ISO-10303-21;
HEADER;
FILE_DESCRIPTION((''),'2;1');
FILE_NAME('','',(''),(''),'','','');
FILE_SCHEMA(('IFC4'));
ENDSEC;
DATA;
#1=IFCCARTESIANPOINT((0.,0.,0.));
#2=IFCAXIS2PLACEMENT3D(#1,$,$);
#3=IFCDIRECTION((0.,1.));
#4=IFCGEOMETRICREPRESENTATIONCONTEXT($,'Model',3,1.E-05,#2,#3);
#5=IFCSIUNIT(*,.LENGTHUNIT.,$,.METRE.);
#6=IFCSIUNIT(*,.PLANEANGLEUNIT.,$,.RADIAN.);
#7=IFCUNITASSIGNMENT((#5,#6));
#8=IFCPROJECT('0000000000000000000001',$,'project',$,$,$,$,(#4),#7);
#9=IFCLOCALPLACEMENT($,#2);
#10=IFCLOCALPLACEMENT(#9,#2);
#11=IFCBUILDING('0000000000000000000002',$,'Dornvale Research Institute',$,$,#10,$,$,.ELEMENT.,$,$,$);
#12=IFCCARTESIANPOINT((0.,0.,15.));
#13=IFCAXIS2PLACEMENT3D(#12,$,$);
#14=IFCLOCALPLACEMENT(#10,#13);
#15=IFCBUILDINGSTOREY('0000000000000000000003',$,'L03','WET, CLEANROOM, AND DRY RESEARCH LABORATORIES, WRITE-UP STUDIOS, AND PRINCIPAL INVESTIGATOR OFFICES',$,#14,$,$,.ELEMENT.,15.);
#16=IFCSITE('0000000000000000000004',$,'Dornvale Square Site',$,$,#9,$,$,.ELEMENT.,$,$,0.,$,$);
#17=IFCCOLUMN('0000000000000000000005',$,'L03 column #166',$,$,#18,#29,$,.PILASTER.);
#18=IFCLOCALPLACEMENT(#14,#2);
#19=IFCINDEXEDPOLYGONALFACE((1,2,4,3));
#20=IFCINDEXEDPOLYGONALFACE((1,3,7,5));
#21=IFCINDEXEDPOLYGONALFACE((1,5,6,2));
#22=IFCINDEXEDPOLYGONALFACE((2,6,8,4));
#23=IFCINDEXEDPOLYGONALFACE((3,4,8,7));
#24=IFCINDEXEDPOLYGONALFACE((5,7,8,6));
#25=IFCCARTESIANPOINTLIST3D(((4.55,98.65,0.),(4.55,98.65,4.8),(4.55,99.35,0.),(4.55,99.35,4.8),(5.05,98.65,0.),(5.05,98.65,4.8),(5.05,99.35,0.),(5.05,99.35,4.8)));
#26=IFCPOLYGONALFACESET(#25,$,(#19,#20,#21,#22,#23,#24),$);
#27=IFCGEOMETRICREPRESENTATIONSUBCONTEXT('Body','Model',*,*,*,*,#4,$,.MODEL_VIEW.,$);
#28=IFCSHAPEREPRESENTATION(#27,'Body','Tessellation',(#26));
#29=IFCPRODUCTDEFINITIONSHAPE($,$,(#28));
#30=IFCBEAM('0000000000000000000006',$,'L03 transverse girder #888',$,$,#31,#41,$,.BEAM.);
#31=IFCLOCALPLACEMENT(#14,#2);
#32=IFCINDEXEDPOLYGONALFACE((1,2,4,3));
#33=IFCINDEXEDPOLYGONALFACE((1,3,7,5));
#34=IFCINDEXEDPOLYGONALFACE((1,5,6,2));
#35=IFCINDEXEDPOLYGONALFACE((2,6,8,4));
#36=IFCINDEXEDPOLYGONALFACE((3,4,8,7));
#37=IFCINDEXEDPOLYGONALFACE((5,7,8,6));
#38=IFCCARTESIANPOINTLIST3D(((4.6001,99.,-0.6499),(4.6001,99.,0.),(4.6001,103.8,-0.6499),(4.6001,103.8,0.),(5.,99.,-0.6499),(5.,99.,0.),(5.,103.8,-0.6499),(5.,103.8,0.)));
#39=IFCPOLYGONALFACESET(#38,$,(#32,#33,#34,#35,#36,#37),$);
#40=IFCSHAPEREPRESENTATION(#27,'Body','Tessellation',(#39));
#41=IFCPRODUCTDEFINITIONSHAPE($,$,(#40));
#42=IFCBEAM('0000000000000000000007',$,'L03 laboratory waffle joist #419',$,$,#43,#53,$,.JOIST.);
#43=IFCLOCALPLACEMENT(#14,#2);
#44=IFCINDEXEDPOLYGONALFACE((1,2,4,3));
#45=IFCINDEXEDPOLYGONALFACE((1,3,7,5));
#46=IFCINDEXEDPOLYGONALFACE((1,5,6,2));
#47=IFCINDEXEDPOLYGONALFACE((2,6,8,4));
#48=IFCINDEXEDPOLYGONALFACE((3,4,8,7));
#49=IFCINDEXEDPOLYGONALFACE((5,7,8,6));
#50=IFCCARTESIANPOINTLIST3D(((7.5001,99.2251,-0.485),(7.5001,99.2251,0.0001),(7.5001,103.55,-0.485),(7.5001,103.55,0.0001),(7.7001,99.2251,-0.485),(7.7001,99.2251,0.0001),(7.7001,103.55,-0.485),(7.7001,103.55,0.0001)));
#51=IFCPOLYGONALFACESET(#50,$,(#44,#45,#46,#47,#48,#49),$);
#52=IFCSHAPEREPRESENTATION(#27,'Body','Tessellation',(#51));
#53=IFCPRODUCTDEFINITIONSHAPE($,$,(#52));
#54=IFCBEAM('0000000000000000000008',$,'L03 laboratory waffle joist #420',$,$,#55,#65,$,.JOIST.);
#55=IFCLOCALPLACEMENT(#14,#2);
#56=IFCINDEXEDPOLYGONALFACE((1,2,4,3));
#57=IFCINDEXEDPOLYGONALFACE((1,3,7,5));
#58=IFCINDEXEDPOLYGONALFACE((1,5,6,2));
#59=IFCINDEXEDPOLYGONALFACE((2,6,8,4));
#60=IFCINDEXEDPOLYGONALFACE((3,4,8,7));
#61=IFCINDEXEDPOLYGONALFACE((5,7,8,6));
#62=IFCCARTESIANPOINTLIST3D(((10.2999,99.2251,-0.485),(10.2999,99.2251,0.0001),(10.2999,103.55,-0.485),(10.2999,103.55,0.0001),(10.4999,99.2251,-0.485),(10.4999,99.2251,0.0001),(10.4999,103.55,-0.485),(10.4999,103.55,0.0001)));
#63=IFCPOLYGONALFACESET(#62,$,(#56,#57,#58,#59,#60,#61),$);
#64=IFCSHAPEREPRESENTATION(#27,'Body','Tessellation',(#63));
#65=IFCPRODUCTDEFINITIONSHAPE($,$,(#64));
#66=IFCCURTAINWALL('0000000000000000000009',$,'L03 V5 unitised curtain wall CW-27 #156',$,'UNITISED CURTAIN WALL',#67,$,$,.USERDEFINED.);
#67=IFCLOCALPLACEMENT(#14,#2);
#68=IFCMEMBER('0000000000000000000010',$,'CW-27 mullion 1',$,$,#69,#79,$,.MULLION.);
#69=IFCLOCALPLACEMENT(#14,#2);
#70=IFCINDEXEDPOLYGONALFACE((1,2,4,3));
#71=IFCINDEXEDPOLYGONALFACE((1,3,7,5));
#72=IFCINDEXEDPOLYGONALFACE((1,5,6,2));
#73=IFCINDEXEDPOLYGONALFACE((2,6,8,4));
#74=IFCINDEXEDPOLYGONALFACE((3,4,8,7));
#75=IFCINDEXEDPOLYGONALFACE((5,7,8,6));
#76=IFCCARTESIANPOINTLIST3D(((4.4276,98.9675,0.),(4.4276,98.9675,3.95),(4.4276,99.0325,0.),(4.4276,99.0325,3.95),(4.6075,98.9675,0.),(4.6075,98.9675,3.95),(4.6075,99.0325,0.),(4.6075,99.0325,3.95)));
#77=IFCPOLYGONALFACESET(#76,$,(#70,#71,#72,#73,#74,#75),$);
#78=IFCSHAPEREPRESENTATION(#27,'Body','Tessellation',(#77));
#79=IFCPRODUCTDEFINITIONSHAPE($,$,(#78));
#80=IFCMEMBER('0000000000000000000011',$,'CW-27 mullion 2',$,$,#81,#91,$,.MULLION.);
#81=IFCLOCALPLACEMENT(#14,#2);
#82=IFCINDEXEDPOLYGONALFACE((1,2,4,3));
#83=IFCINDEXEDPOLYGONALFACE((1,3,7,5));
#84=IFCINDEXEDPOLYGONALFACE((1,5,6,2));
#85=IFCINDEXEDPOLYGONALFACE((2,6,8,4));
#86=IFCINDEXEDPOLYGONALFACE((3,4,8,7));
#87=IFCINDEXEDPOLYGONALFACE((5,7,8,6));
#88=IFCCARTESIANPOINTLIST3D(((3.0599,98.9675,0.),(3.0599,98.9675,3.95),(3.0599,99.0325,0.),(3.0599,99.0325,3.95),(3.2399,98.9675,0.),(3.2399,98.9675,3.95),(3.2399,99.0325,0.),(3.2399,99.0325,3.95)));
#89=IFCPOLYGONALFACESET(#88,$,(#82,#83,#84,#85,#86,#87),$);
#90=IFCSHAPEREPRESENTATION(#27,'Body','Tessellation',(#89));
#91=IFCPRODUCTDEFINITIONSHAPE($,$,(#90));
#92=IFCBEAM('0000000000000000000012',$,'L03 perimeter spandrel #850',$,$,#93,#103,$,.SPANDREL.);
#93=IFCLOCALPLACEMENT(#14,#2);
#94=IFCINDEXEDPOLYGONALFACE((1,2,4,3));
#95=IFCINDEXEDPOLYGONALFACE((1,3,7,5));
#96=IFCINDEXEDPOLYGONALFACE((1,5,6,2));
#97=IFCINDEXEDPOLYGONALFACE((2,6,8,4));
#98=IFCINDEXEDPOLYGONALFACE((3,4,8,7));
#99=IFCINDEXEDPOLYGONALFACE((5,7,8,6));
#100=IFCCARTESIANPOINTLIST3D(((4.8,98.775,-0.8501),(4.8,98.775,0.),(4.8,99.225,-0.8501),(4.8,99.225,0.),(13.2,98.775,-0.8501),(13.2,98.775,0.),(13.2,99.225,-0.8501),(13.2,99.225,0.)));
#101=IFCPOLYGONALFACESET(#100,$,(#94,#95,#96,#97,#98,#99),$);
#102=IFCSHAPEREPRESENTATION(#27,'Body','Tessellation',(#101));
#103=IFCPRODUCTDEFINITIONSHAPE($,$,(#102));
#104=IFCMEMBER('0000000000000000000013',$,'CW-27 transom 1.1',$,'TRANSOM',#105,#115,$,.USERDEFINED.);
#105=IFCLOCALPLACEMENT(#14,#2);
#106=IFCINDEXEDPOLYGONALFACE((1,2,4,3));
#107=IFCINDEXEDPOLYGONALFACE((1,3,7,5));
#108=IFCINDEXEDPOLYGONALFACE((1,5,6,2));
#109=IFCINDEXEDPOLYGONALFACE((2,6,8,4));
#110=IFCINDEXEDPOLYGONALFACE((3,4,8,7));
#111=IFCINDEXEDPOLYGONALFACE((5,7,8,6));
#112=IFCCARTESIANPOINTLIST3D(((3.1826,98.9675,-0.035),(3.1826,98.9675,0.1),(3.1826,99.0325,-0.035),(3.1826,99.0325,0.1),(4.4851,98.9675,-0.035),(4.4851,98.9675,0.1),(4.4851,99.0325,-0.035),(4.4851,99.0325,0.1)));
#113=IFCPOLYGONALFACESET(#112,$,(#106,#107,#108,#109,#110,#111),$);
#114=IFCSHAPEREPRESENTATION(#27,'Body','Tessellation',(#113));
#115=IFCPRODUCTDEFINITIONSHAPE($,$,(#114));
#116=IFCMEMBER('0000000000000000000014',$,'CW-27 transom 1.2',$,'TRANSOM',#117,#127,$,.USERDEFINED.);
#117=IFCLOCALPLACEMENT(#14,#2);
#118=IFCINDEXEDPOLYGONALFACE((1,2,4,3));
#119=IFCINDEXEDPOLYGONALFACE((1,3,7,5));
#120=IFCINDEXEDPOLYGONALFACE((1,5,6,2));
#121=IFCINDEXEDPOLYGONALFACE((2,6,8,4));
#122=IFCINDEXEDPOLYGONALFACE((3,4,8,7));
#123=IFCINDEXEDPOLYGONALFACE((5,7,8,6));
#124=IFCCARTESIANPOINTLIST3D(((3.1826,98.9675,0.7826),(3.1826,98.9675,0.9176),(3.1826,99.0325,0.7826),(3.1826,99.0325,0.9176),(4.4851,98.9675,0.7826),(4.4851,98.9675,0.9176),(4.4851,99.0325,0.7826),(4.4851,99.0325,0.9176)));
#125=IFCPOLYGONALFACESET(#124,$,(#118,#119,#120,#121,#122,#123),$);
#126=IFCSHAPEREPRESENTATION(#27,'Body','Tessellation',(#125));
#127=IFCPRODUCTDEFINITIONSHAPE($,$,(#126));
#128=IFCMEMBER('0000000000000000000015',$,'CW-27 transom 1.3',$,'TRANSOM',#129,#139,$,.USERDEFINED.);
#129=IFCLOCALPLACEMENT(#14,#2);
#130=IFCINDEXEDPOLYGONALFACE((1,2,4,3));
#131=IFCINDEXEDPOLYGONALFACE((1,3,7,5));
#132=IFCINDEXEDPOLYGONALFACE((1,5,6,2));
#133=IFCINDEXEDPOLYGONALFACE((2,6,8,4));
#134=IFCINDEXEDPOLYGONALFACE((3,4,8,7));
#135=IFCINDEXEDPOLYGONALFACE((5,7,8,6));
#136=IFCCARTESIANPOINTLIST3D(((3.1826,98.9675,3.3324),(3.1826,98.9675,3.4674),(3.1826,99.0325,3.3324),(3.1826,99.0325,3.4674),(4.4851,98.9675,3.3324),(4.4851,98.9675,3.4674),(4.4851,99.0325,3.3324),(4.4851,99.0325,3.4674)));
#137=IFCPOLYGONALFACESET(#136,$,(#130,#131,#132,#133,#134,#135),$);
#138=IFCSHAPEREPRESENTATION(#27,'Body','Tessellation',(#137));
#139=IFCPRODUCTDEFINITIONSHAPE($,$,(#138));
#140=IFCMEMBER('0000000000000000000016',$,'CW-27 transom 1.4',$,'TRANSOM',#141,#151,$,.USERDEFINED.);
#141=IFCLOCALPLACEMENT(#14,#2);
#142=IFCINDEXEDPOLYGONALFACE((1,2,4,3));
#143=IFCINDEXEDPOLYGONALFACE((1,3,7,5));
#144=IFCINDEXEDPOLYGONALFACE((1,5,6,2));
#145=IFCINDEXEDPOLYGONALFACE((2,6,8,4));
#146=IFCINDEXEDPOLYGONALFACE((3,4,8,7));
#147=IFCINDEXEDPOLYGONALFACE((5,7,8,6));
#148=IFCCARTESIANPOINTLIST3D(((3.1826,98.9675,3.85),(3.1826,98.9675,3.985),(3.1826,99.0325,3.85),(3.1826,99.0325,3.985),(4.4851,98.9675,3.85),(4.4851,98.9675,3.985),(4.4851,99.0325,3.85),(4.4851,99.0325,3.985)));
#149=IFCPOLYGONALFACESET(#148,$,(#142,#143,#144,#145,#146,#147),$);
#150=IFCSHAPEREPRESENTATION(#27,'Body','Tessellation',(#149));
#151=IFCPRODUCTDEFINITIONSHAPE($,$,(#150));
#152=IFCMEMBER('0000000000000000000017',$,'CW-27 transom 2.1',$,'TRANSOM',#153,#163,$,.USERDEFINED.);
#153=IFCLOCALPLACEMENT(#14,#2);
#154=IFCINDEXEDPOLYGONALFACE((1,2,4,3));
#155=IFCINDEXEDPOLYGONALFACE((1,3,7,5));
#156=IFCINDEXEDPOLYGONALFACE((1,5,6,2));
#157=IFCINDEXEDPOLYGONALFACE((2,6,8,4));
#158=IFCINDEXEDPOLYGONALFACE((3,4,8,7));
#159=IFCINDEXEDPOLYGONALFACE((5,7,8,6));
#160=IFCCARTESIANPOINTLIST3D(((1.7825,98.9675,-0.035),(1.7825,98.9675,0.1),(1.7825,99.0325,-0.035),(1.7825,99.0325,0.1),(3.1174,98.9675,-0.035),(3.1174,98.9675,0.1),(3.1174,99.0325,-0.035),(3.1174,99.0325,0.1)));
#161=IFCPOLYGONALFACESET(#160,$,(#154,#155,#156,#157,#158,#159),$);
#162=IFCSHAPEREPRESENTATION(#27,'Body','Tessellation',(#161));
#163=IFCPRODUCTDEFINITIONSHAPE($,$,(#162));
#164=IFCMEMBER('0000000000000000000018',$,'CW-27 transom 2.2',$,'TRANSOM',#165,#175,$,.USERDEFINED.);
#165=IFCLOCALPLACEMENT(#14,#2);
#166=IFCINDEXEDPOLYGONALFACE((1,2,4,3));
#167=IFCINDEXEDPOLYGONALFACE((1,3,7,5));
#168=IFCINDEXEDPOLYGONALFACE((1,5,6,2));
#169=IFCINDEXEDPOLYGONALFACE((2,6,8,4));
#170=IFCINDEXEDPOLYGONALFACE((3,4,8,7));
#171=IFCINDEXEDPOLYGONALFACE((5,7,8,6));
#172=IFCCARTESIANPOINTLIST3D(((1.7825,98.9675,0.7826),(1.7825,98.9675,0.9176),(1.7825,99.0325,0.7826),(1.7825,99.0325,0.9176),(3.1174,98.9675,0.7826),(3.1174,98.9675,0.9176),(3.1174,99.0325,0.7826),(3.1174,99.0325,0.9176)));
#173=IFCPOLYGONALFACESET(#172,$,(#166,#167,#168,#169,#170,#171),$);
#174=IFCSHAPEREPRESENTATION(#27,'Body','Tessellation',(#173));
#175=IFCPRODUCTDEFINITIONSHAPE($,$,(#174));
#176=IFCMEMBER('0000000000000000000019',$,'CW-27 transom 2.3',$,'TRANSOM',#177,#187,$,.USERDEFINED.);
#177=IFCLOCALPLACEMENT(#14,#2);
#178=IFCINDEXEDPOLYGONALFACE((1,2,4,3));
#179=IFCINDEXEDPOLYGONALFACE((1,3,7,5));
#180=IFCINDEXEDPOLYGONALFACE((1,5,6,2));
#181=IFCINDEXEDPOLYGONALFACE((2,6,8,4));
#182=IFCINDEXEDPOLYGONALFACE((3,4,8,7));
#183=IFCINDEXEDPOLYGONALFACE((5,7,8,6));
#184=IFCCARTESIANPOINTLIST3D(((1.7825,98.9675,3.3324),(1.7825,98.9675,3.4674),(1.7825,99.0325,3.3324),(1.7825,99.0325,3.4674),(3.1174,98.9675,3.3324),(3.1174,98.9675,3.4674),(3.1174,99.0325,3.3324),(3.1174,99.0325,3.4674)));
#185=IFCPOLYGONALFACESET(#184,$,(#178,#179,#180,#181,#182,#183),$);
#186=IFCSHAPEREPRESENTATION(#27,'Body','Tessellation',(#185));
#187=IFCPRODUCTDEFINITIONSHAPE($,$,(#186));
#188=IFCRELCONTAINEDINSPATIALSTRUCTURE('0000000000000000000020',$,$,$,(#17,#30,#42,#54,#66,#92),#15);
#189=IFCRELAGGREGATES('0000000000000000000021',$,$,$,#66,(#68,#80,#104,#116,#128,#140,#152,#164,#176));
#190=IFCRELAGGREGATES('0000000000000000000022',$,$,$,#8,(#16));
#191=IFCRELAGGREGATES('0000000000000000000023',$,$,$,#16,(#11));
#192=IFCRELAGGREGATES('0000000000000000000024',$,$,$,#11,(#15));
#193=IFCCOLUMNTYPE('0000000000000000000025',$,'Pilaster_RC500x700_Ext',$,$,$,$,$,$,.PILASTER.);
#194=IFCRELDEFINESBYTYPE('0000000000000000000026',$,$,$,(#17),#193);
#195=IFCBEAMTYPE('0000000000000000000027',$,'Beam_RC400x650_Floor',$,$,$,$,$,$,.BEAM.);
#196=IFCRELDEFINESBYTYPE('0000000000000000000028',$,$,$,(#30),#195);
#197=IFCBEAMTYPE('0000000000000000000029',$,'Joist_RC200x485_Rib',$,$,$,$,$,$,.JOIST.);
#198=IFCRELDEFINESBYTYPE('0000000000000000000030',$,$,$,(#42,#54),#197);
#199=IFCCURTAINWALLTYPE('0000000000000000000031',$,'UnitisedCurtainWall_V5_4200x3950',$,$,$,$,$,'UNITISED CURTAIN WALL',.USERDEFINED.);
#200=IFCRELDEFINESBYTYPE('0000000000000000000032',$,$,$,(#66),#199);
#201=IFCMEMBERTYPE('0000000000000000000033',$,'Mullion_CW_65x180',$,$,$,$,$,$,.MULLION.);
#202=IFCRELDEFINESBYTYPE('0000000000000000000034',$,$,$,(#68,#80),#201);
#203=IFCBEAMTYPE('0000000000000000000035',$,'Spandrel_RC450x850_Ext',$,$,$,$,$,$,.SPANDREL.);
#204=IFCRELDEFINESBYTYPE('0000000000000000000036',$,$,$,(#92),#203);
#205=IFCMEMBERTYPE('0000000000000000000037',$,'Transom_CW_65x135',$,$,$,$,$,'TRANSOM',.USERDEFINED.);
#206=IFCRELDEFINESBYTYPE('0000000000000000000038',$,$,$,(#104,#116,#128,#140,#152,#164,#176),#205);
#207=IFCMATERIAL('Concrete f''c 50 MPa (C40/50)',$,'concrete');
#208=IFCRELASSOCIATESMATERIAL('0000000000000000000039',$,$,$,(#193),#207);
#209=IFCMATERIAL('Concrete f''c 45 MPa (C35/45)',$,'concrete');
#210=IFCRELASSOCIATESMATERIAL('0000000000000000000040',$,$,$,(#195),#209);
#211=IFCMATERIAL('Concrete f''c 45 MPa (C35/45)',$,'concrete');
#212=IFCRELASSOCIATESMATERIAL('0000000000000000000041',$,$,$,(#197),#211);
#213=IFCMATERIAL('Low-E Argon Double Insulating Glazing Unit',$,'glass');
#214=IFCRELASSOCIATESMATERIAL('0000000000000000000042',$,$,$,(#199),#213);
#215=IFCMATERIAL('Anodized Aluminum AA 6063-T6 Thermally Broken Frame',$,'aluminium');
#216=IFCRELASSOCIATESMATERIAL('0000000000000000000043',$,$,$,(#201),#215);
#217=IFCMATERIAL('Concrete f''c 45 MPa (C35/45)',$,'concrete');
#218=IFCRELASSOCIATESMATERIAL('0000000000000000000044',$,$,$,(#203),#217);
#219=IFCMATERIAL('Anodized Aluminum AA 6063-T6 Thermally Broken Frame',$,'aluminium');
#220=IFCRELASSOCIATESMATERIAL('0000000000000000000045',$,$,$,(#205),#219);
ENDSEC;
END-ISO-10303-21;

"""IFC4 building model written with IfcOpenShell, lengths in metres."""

from ifc_helpers import new_model, si_unit, direction, frame, origin, origin_2d, place, context, subcontext, project, spatial, rectangle, extrude, material, material_profile, profile_set, type_object, element, aggregate, save


model = new_model("IFC4")

# Units and contexts
model_context = context("Model", 3, precision=1e-05, world=origin(), true_north=direction((0.0, 1.0)))
body_context = subcontext(model_context, "Body", "Model", "MODEL_VIEW")
ifc_project = project(units=[si_unit("LENGTHUNIT", "METRE"), si_unit("PLANEANGLEUNIT", "RADIAN")], contexts=[model_context])

# Site, building, storey
site_placement = place(None, origin())
site = spatial("IfcSite", under=ifc_project, at=site_placement, Name="Dornvale Square Site", CompositionType="ELEMENT", RefElevation=0.0)
building_placement = place(site_placement, origin())
building = spatial("IfcBuilding", under=site, at=building_placement, Name="Dornvale Research Institute", CompositionType="ELEMENT")
storey_placement = place(building_placement, frame((0.0, 0.0, 15.0)))
storey = spatial("IfcBuildingStorey", under=building, at=storey_placement, Name="L03", Description="WET, CLEANROOM, AND DRY RESEARCH LABORATORIES, WRITE-UP STUDIOS, AND PRINCIPAL INVESTIGATOR OFFICES", CompositionType="ELEMENT", Elevation=15.0)

# Column
ifc_material_1 = material(Name="Concrete f'c 50 MPa (C40/50)", Category="concrete")
ifc_material_profile_1 = material_profile(ifc_material_1, rectangle(XDim=0.5, YDim=0.7, at=origin_2d()), Name="RC 500x700")
ifc_profile_set_1 = profile_set([ifc_material_profile_1], Name="Concrete f'c 50 MPa (C40/50)")
column_type = type_object("IfcColumnType", Name="Pilaster_RC500x700_Ext", PredefinedType="PILASTER", material=ifc_profile_set_1)
column_placement = place(storey_placement, frame((4.8, 99.0, 0.0), z_axis=(0.0, 0.0, 1.0), x_axis=(1.0, 0.0, 0.0)))
element("IfcColumn", 1, at=column_placement, inside=storey, type_object=column_type, Name="L03 column #166", PredefinedType="PILASTER", context=body_context, shape_type="SweptSolid", body=[
    extrude(rectangle(XDim=0.5, YDim=0.7, at=origin_2d()), origin(), (0.0, 0.0, 1.0), 4.8),
])

# Beams
ifc_material_2 = material(Name="Concrete f'c 45 MPa (C35/45)", Category="concrete")
ifc_material_profile_2 = material_profile(ifc_material_2, rectangle(XDim=0.3999, YDim=0.6499, at=origin_2d()), Name="RC 400x650")
ifc_profile_set_2 = profile_set([ifc_material_profile_2], Name="Concrete f'c 45 MPa (C35/45)")
beam_type_1 = type_object("IfcBeamType", Name="Beam_RC400x650_Floor", PredefinedType="BEAM", material=ifc_profile_set_2)
beam_1_placement = place(storey_placement, frame((4.8, 99.0, -0.325), z_axis=(0.0, 1.0, 0.0), x_axis=(-1.0, 0.0, 0.0)))
element("IfcBeam", 2, at=beam_1_placement, inside=storey, type_object=beam_type_1, Name="L03 transverse girder #888", PredefinedType="BEAM", context=body_context, shape_type="SweptSolid", body=[
    extrude(rectangle(XDim=0.3999, YDim=0.6499, at=origin_2d()), origin(), (0.0, 0.0, 1.0), 4.8),
])
ifc_material_3 = material(Name="Concrete f'c 45 MPa (C35/45)", Category="concrete")
ifc_material_profile_3 = material_profile(ifc_material_3, rectangle(XDim=0.2, YDim=0.4851, at=origin_2d()), Name="RC 200x485")
ifc_profile_set_3 = profile_set([ifc_material_profile_3], Name="Concrete f'c 45 MPa (C35/45)")
beam_type_2 = type_object("IfcBeamType", Name="Joist_RC200x485_Rib", PredefinedType="JOIST", material=ifc_profile_set_3)
for number, where, z_axis, x_axis, name in (
    (3, (7.6001, 99.2251, -0.2424), (0.0, 1.0, 0.0), (-1.0, 0.0, 0.0), "L03 laboratory waffle joist #419"),
    (4, (10.3999, 99.2251, -0.2424), (0.0, 1.0, 0.0), (-1.0, 0.0, 0.0), "L03 laboratory waffle joist #420"),
):
    element("IfcBeam", number, at=place(storey_placement, frame(where, z_axis=z_axis, x_axis=x_axis)), inside=storey, type_object=beam_type_2, Name=name, PredefinedType="JOIST", context=body_context, shape_type="SweptSolid", body=[
        extrude(rectangle(XDim=0.2, YDim=0.4851, at=origin_2d()), origin(), (0.0, 0.0, 1.0), 4.325),
    ])

# Curtain wall, members
ifc_material_4 = material(Name="Low-E Argon Double Insulating Glazing Unit", Category="glass")
curtain_wall_type = type_object("IfcCurtainWallType", Name="UnitisedCurtainWall_V5_4200x3950", ElementType="UNITISED CURTAIN WALL", PredefinedType="USERDEFINED", material=ifc_material_4)
curtain_wall_placement = place(storey_placement, origin())
curtain_wall = element("IfcCurtainWall", 5, at=curtain_wall_placement, inside=storey, type_object=curtain_wall_type, Name="L03 V5 unitised curtain wall CW-27 #156", ObjectType="UNITISED CURTAIN WALL", PredefinedType="USERDEFINED")
ifc_material_5 = material(Name="Anodized Aluminum AA 6063-T6 Thermally Broken Frame", Category="aluminium")
ifc_material_profile_4 = material_profile(ifc_material_5, rectangle(XDim=0.0649, YDim=0.1799, at=origin_2d()), Name="ALU MULLION 65x180")
ifc_profile_set_4 = profile_set([ifc_material_profile_4], Name="Anodized Aluminum AA 6063-T6 Thermally Broken Frame")
member_type_1 = type_object("IfcMemberType", Name="Mullion_CW_65x180", PredefinedType="MULLION", material=ifc_profile_set_4)
member_1_placement = place(storey_placement, frame((4.5176, 99.0, 0.0), z_axis=(0.0, 0.0, 1.0), x_axis=(0.0, -1.0, 0.0)))
member_1 = element("IfcMember", 6, at=member_1_placement, type_object=member_type_1, Name="CW-27 mullion 1", PredefinedType="MULLION", context=body_context, shape_type="SweptSolid", body=[
    extrude(rectangle(XDim=0.0649, YDim=0.1799, at=origin_2d()), origin(), (0.0, 0.0, 1.0), 3.95),
])
member_2_placement = place(storey_placement, frame((3.1499, 99.0, 0.0), z_axis=(0.0, 0.0, 1.0), x_axis=(0.0, -1.0, 0.0)))
member_2 = element("IfcMember", 7, at=member_2_placement, type_object=member_type_1, Name="CW-27 mullion 2", PredefinedType="MULLION", context=body_context, shape_type="SweptSolid", body=[
    extrude(rectangle(XDim=0.0649, YDim=0.1799, at=origin_2d()), origin(), (0.0, 0.0, 1.0), 3.95),
])

# Beam
ifc_material_6 = material(Name="Concrete f'c 45 MPa (C35/45)", Category="concrete")
ifc_material_profile_5 = material_profile(ifc_material_6, rectangle(XDim=0.45, YDim=0.8501, at=origin_2d()), Name="RC 450x850")
ifc_profile_set_5 = profile_set([ifc_material_profile_5], Name="Concrete f'c 45 MPa (C35/45)")
beam_type_3 = type_object("IfcBeamType", Name="Spandrel_RC450x850_Ext", PredefinedType="SPANDREL", material=ifc_profile_set_5)
beam_2_placement = place(storey_placement, frame((4.8, 99.0, -0.425), z_axis=(1.0, 0.0, 0.0), x_axis=(0.0, 1.0, 0.0)))
element("IfcBeam", 8, at=beam_2_placement, inside=storey, type_object=beam_type_3, Name="L03 perimeter spandrel #850", PredefinedType="SPANDREL", context=body_context, shape_type="SweptSolid", body=[
    extrude(rectangle(XDim=0.45, YDim=0.8501, at=origin_2d()), origin(), (0.0, 0.0, 1.0), 8.3999),
])

# Members
ifc_material_7 = material(Name="Anodized Aluminum AA 6063-T6 Thermally Broken Frame", Category="aluminium")
ifc_material_profile_6 = material_profile(ifc_material_7, rectangle(XDim=0.0649, YDim=0.135, at=origin_2d()), Name="ALU TRANSOM 65x135")
ifc_profile_set_6 = profile_set([ifc_material_profile_6], Name="Anodized Aluminum AA 6063-T6 Thermally Broken Frame")
member_type_2 = type_object("IfcMemberType", Name="Transom_CW_65x135", ElementType="TRANSOM", PredefinedType="USERDEFINED", material=ifc_profile_set_6)
member_3_placement = place(storey_placement, frame((4.4851, 99.0, 0.0325), z_axis=(-1.0, 0.0, 0.0), x_axis=(0.0, -1.0, 0.0)))
member_3 = element("IfcMember", 9, at=member_3_placement, type_object=member_type_2, Name="CW-27 transom 1.1", ObjectType="TRANSOM", PredefinedType="USERDEFINED", context=body_context, shape_type="SweptSolid", body=[
    extrude(rectangle(XDim=0.0649, YDim=0.135, at=origin_2d()), origin(), (0.0, 0.0, 1.0), 1.3025),
])
member_4_placement = place(storey_placement, frame((4.4851, 99.0, 0.8501), z_axis=(-1.0, 0.0, 0.0), x_axis=(0.0, -1.0, 0.0)))
member_4 = element("IfcMember", 10, at=member_4_placement, type_object=member_type_2, Name="CW-27 transom 1.2", ObjectType="TRANSOM", PredefinedType="USERDEFINED", context=body_context, shape_type="SweptSolid", body=[
    extrude(rectangle(XDim=0.0649, YDim=0.135, at=origin_2d()), origin(), (0.0, 0.0, 1.0), 1.3025),
])
member_5_placement = place(storey_placement, frame((4.4851, 99.0, 3.3999), z_axis=(-1.0, 0.0, 0.0), x_axis=(0.0, -1.0, 0.0)))
member_5 = element("IfcMember", 11, at=member_5_placement, type_object=member_type_2, Name="CW-27 transom 1.3", ObjectType="TRANSOM", PredefinedType="USERDEFINED", context=body_context, shape_type="SweptSolid", body=[
    extrude(rectangle(XDim=0.0649, YDim=0.135, at=origin_2d()), origin(), (0.0, 0.0, 1.0), 1.3025),
])
member_6_placement = place(storey_placement, frame((4.4851, 99.0, 3.9175), z_axis=(-1.0, 0.0, 0.0), x_axis=(0.0, -1.0, 0.0)))
member_6 = element("IfcMember", 12, at=member_6_placement, type_object=member_type_2, Name="CW-27 transom 1.4", ObjectType="TRANSOM", PredefinedType="USERDEFINED", context=body_context, shape_type="SweptSolid", body=[
    extrude(rectangle(XDim=0.0649, YDim=0.135, at=origin_2d()), origin(), (0.0, 0.0, 1.0), 1.3025),
])
member_7_placement = place(storey_placement, frame((3.1174, 99.0, 0.0325), z_axis=(-1.0, 0.0, 0.0), x_axis=(0.0, -1.0, 0.0)))
member_7 = element("IfcMember", 13, at=member_7_placement, type_object=member_type_2, Name="CW-27 transom 2.1", ObjectType="TRANSOM", PredefinedType="USERDEFINED", context=body_context, shape_type="SweptSolid", body=[
    extrude(rectangle(XDim=0.0649, YDim=0.135, at=origin_2d()), origin(), (0.0, 0.0, 1.0), 1.335),
])
member_8_placement = place(storey_placement, frame((3.1174, 99.0, 0.8501), z_axis=(-1.0, 0.0, 0.0), x_axis=(0.0, -1.0, 0.0)))
member_8 = element("IfcMember", 14, at=member_8_placement, type_object=member_type_2, Name="CW-27 transom 2.2", ObjectType="TRANSOM", PredefinedType="USERDEFINED", context=body_context, shape_type="SweptSolid", body=[
    extrude(rectangle(XDim=0.0649, YDim=0.135, at=origin_2d()), origin(), (0.0, 0.0, 1.0), 1.335),
])
member_9_placement = place(storey_placement, frame((3.1174, 99.0, 3.3999), z_axis=(-1.0, 0.0, 0.0), x_axis=(0.0, -1.0, 0.0)))
member_9 = element("IfcMember", 15, at=member_9_placement, type_object=member_type_2, Name="CW-27 transom 2.3", ObjectType="TRANSOM", PredefinedType="USERDEFINED", context=body_context, shape_type="SweptSolid", body=[
    extrude(rectangle(XDim=0.0649, YDim=0.135, at=origin_2d()), origin(), (0.0, 0.0, 1.0), 1.335),
])

aggregate(curtain_wall, [member_1, member_2, member_3, member_4, member_5, member_6, member_7, member_8, member_9])

save(model, "model.ifc")
